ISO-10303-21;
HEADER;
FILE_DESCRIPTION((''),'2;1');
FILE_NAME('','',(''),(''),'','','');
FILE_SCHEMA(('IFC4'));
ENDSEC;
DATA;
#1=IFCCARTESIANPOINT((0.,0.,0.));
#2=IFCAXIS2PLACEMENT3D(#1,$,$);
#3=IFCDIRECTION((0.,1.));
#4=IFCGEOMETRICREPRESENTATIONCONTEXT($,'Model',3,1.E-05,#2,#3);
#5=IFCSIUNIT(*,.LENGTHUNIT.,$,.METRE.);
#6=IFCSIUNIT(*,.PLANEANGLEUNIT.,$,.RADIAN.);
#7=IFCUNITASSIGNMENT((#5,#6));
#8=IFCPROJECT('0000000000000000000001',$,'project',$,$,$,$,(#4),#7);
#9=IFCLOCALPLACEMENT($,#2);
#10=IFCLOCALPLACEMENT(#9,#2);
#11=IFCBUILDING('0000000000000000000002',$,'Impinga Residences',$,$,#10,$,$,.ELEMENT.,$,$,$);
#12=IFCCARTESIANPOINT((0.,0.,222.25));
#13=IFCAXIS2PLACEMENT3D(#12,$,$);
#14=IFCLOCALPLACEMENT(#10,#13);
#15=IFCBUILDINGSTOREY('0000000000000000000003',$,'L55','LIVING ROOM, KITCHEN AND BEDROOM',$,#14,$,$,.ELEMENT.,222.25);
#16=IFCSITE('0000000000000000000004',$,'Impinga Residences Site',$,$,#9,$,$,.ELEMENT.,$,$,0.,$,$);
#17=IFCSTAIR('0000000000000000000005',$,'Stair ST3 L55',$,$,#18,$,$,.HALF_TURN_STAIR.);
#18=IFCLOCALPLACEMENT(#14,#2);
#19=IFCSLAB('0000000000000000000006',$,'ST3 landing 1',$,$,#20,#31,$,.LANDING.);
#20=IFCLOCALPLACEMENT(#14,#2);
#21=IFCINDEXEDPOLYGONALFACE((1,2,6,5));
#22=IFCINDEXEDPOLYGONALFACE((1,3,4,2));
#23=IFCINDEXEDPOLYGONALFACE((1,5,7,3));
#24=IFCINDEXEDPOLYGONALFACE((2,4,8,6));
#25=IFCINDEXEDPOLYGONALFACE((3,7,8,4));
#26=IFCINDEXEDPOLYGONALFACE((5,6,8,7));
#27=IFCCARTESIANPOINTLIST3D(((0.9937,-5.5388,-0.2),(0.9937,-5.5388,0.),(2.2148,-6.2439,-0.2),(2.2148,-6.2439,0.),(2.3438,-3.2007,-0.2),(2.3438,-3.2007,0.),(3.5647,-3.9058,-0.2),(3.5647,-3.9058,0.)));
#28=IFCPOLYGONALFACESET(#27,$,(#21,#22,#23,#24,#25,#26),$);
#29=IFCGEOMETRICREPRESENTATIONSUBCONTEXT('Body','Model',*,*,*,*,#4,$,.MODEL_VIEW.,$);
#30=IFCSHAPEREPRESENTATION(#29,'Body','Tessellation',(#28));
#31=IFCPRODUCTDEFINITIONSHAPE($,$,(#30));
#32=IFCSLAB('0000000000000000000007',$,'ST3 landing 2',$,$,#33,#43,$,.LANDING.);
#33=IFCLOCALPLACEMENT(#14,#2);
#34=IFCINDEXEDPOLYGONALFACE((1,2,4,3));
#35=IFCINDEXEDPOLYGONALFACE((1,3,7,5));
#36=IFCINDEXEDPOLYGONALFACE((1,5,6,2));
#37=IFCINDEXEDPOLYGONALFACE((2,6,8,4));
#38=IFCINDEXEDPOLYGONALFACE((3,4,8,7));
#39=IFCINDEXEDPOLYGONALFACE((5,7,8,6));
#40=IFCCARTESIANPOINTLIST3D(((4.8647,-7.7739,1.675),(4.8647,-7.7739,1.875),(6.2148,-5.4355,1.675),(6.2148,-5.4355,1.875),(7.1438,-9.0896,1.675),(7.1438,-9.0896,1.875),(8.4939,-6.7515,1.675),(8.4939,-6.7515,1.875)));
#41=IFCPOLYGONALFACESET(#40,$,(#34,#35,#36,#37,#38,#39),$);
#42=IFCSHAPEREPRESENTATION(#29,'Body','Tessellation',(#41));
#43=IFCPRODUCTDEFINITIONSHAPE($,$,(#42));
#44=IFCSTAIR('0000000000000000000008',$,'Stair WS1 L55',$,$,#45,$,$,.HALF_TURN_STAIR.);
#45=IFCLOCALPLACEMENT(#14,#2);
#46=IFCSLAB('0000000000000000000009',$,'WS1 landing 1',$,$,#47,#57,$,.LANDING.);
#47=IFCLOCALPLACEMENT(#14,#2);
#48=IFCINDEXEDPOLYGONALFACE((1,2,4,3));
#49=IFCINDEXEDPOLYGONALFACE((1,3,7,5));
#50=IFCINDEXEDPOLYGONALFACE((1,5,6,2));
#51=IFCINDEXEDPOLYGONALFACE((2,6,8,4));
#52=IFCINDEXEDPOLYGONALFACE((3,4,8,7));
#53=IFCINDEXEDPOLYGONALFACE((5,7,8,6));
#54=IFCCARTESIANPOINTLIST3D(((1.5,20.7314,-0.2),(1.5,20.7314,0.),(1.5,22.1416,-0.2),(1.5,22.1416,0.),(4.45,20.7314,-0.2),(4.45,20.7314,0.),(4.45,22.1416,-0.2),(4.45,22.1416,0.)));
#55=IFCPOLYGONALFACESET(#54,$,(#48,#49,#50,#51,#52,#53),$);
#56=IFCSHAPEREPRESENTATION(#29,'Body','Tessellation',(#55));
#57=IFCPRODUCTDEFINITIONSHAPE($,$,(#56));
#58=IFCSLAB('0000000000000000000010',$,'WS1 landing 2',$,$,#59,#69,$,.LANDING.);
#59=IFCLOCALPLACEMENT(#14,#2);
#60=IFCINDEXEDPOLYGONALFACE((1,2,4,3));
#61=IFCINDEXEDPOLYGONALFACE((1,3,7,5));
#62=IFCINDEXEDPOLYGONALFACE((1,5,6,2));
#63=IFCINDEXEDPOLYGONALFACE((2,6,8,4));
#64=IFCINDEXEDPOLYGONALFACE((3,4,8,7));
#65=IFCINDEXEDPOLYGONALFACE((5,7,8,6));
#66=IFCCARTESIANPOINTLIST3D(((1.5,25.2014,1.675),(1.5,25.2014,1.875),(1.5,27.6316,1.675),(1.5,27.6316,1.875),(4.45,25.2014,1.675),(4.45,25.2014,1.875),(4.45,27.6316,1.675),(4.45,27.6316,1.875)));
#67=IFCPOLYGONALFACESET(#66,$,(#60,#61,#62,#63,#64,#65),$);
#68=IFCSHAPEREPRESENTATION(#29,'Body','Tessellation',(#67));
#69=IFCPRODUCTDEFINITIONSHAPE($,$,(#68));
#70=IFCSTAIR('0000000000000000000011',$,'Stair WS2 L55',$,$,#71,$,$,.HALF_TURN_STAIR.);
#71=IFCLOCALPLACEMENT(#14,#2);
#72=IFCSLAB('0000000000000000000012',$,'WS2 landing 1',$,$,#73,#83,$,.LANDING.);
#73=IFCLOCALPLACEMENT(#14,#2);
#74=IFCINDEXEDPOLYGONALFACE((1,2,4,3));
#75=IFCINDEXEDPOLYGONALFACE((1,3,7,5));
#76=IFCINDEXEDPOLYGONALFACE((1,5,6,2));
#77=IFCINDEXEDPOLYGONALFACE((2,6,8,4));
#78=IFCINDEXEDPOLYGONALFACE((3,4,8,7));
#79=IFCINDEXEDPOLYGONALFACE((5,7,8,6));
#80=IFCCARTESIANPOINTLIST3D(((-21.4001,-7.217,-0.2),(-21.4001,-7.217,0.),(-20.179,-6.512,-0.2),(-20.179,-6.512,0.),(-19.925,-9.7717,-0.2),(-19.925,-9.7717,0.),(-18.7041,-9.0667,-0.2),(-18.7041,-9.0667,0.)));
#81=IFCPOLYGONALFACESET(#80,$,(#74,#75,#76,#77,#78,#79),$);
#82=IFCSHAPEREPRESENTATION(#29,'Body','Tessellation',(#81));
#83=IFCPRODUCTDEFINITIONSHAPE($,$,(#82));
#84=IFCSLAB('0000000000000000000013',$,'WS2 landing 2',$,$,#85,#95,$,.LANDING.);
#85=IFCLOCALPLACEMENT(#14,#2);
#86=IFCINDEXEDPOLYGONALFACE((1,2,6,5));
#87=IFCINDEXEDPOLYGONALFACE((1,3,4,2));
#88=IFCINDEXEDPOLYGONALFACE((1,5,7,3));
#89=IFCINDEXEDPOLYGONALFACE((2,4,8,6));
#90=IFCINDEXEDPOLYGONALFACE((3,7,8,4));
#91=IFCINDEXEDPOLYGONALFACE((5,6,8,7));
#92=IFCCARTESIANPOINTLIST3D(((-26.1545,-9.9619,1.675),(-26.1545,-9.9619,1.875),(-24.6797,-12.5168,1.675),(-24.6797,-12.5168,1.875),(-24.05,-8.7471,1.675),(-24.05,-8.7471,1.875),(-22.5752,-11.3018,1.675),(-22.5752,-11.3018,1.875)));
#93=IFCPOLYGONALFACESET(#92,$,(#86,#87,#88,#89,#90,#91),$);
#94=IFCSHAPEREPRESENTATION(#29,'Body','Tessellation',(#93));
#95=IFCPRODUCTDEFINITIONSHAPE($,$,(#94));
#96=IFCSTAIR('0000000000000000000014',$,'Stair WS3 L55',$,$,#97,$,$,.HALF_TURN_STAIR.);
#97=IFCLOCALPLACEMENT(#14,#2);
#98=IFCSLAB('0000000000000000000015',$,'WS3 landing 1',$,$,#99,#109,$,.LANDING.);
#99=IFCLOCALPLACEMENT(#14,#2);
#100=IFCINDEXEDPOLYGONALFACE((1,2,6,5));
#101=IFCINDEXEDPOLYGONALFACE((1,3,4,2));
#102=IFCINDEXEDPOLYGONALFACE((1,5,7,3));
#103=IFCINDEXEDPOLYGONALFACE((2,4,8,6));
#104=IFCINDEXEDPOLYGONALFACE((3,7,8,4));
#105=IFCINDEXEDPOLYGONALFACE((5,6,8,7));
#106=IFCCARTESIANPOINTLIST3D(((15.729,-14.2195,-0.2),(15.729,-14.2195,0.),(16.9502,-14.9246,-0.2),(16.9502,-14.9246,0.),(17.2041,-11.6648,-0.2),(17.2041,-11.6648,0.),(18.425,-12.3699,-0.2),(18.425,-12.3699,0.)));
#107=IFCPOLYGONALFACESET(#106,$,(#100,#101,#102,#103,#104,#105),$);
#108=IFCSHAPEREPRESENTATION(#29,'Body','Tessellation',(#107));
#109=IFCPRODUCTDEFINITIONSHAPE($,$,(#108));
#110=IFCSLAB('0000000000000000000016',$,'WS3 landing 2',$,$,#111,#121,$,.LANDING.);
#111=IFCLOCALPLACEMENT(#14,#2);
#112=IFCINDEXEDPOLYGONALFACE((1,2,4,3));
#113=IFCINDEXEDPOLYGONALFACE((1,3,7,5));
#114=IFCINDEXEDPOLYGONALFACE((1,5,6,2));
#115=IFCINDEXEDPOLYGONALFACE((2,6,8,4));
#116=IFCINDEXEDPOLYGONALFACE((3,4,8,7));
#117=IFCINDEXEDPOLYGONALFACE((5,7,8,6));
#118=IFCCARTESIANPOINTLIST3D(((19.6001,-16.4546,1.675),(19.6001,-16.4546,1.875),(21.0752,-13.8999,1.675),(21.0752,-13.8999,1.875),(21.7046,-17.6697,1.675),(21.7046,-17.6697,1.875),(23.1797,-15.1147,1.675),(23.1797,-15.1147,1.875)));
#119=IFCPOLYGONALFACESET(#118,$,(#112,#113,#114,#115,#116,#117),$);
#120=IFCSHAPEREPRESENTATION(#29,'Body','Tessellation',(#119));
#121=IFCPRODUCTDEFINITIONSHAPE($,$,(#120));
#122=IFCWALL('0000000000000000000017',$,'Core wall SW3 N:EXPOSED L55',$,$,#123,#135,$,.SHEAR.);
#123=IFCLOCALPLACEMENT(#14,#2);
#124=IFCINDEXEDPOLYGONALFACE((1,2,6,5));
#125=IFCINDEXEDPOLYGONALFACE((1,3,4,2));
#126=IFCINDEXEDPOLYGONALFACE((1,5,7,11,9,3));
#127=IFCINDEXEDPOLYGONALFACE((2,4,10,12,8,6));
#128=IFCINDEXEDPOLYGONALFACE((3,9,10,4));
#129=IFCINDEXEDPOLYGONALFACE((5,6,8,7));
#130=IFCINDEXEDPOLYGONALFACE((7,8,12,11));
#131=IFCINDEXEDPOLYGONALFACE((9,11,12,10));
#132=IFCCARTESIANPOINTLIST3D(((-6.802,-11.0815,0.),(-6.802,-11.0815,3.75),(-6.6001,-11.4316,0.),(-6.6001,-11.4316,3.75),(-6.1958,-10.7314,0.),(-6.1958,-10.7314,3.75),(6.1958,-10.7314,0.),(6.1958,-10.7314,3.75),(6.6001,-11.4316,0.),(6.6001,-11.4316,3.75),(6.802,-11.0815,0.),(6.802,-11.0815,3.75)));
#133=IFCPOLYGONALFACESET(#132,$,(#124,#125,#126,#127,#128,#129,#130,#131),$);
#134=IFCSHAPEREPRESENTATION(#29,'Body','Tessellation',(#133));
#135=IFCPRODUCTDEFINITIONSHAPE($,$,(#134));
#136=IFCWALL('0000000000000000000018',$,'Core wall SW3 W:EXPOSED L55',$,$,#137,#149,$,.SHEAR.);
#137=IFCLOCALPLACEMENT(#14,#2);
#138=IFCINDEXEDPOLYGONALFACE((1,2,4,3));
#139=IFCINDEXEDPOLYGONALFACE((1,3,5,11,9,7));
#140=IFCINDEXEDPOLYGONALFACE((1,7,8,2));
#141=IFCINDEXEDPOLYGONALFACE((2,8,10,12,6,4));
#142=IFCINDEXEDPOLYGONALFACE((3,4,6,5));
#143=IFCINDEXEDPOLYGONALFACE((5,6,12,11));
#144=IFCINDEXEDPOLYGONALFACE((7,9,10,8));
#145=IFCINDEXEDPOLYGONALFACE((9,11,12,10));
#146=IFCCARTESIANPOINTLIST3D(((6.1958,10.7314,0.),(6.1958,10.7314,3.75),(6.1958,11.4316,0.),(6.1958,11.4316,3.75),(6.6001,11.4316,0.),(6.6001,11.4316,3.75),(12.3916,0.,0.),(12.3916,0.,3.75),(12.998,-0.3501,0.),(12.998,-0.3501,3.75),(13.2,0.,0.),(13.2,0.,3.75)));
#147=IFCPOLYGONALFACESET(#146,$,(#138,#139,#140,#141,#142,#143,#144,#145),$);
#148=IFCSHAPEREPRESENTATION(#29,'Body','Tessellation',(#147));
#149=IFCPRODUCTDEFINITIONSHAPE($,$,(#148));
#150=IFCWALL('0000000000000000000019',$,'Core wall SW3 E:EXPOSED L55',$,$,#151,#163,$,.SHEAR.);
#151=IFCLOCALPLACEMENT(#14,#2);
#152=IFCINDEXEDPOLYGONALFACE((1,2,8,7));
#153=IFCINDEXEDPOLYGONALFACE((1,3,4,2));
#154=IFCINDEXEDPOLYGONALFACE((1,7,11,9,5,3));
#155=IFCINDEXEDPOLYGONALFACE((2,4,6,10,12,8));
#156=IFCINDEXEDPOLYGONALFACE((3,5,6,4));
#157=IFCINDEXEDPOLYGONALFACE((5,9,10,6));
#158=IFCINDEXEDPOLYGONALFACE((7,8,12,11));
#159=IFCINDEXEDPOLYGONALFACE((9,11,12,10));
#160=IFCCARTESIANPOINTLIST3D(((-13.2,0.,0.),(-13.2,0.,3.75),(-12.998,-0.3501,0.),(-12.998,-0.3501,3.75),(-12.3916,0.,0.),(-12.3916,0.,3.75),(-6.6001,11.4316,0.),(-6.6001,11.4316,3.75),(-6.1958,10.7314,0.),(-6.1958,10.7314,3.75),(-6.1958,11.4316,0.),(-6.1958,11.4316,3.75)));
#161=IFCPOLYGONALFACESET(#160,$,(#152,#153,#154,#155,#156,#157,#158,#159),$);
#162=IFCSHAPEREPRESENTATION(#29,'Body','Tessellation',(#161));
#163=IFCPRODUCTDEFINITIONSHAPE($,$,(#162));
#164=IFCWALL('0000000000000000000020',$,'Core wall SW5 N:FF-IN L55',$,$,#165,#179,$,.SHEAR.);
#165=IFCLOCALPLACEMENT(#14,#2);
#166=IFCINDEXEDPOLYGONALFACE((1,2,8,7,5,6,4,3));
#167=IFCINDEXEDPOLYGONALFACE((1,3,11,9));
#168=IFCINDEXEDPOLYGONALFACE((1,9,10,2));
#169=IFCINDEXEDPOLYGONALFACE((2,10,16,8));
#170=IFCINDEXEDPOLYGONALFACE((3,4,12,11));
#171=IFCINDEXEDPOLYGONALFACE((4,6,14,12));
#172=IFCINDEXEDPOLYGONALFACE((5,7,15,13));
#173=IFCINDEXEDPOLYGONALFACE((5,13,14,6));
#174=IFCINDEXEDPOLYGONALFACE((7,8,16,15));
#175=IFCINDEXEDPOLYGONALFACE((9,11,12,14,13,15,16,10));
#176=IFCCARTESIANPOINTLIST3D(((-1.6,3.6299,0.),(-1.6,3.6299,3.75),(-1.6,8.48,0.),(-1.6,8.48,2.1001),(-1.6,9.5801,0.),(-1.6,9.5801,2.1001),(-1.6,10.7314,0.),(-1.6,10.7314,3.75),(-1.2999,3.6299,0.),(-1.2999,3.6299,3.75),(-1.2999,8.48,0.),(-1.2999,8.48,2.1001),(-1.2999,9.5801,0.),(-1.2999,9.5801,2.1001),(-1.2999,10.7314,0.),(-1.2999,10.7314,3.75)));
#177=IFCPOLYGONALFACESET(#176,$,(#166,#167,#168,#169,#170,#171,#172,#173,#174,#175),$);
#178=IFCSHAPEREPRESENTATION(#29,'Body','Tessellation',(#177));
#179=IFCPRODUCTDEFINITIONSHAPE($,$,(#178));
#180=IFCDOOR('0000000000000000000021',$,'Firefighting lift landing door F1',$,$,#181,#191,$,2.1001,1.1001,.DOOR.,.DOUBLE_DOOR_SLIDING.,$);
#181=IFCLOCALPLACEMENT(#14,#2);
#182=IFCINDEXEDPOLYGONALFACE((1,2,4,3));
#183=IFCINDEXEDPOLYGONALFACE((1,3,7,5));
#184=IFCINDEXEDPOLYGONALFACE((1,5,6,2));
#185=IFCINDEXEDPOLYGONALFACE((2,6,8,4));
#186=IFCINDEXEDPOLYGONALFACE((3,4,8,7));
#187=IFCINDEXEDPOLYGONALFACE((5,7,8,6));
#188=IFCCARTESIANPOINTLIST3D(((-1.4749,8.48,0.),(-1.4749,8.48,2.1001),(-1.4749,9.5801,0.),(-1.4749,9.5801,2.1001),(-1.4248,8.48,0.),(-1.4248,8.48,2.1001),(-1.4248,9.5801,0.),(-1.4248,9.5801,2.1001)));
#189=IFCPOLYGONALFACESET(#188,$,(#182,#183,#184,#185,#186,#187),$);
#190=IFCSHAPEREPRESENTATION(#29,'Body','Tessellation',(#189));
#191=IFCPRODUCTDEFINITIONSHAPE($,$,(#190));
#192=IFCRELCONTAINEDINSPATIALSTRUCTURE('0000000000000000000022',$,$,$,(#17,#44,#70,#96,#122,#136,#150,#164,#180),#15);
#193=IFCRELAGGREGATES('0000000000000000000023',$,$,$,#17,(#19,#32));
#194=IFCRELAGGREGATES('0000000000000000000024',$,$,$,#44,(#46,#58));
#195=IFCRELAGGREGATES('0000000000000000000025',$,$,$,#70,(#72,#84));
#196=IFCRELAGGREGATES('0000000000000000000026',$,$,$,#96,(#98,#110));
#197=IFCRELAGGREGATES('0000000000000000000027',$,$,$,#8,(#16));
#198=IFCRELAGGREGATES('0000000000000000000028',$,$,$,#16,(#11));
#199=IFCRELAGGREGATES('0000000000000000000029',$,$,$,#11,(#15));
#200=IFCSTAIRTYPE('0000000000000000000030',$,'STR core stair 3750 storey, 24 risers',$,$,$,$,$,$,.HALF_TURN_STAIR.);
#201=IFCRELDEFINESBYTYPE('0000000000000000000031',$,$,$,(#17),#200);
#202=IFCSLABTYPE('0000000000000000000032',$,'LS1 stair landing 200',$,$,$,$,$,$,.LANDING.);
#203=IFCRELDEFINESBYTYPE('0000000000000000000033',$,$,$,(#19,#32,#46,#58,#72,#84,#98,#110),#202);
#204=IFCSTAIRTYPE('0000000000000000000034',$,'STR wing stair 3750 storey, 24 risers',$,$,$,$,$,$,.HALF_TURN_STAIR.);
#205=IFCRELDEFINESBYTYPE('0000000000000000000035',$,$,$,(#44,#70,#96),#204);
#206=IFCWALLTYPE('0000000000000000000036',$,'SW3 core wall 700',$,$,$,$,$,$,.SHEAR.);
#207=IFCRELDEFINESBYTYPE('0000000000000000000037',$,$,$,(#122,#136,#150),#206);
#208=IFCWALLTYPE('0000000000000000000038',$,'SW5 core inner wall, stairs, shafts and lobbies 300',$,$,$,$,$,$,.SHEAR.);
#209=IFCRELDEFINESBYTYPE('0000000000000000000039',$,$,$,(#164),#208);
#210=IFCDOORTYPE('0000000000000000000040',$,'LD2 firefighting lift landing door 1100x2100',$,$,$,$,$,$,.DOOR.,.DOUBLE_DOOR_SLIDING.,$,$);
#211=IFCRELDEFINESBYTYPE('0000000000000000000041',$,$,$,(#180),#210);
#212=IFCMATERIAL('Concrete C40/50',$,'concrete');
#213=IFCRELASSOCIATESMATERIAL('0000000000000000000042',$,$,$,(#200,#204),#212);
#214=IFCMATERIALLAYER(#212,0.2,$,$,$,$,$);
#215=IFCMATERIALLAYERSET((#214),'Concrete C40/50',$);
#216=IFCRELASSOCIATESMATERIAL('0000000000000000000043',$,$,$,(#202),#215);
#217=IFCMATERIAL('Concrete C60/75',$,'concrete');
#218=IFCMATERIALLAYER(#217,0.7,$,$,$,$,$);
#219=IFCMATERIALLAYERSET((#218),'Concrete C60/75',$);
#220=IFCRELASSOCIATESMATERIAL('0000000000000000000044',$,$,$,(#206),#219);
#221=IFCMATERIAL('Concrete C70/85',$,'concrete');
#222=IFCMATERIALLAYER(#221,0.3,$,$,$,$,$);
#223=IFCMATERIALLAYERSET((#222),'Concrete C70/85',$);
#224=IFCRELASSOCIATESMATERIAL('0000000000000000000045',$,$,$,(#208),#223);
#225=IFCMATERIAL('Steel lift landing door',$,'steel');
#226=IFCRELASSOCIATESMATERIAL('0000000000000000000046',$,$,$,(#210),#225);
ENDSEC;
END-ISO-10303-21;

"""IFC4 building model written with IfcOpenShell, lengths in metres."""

from ifc_helpers import new_model, si_unit, direction, frame, frame_2d, origin, place, context, subcontext, project, spatial, polyline, rectangle, outline, extrude, material, layer, layer_set, type_object, element, fill, aggregate, save


model = new_model("IFC4")

# Units and contexts
model_context = context("Model", 3, precision=1e-05, world=origin(), true_north=direction((0.0, 1.0)))
body_context = subcontext(model_context, "Body", "Model", "MODEL_VIEW")
ifc_project = project(units=[si_unit("LENGTHUNIT", "METRE"), si_unit("PLANEANGLEUNIT", "RADIAN")], contexts=[model_context])

# Site, building, storey
site_placement = place(None, origin())
site = spatial("IfcSite", under=ifc_project, at=site_placement, Name="Impinga Residences Site", CompositionType="ELEMENT", RefElevation=0.0)
building_placement = place(site_placement, origin())
building = spatial("IfcBuilding", under=site, at=building_placement, Name="Impinga Residences", CompositionType="ELEMENT")
storey_placement = place(building_placement, frame((0.0, 0.0, 222.25)))
storey = spatial("IfcBuildingStorey", under=building, at=storey_placement, Name="L55", Description="LIVING ROOM, KITCHEN AND BEDROOM", CompositionType="ELEMENT", Elevation=222.25)

# Shared definitions
ifc_material_1 = material(Name="Concrete C60/75", Category="concrete")

# Stairs, slabs
ifc_material_2 = material(Name="Concrete C40/50", Category="concrete")
stair_type_1 = type_object("IfcStairType", Name="STR core stair 3750 storey, 24 risers", PredefinedType="HALF_TURN_STAIR", material=ifc_material_2)
ifc_layer_1 = layer(ifc_material_2, 0.2)
ifc_layer_set_1 = layer_set([ifc_layer_1], Name="Concrete C40/50")
slab_type_1 = type_object("IfcSlabType", Name="LS1 stair landing 200", PredefinedType="LANDING", material=ifc_layer_set_1)
stair_1_placement = place(storey_placement, origin())
stair_1 = element("IfcStair", 1, at=stair_1_placement, inside=storey, type_object=stair_type_1, Name="Stair ST3 L55", PredefinedType="HALF_TURN_STAIR")
slab_1_placement = place(storey_placement, frame((0.0, 0.0, -0.2)))
slab_1 = element("IfcSlab", 2, at=slab_1_placement, type_object=slab_type_1, Name="ST3 landing 1", PredefinedType="LANDING", context=body_context, shape_type="SweptSolid", body=[
    extrude(outline(polyline([(2.3438, -3.2007), (0.9937, -5.5388), (2.2148, -6.2439), (3.5647, -3.9058), (2.3438, -3.2007)])), origin(), (0.0, 0.0, 1.0), 0.2),
])
slab_2_placement = place(storey_placement, frame((0.0, 0.0, 1.675)))
slab_2 = element("IfcSlab", 3, at=slab_2_placement, type_object=slab_type_1, Name="ST3 landing 2", PredefinedType="LANDING", context=body_context, shape_type="SweptSolid", body=[
    extrude(outline(polyline([(6.2148, -5.4355), (4.8647, -7.7739), (7.1438, -9.0896), (8.4939, -6.7515), (6.2148, -5.4355)])), origin(), (0.0, 0.0, 1.0), 0.2),
])
aggregate(stair_1, [slab_1, slab_2])
stair_type_2 = type_object("IfcStairType", Name="STR wing stair 3750 storey, 24 risers", PredefinedType="HALF_TURN_STAIR", material=ifc_material_2)
stair_2_placement = place(storey_placement, origin())
stair_2 = element("IfcStair", 4, at=stair_2_placement, inside=storey, type_object=stair_type_2, Name="Stair WS1 L55", PredefinedType="HALF_TURN_STAIR")
slab_3_placement = place(storey_placement, frame((0.0, 0.0, -0.2)))
slab_3 = element("IfcSlab", 5, at=slab_3_placement, type_object=slab_type_1, Name="WS1 landing 1", PredefinedType="LANDING", context=body_context, shape_type="SweptSolid", body=[
    extrude(outline(polyline([(1.5, 20.7314), (4.45, 20.7314), (4.45, 22.1416), (1.5, 22.1416), (1.5, 20.7314)])), origin(), (0.0, 0.0, 1.0), 0.2),
])
slab_4_placement = place(storey_placement, frame((0.0, 0.0, 1.675)))
slab_4 = element("IfcSlab", 6, at=slab_4_placement, type_object=slab_type_1, Name="WS1 landing 2", PredefinedType="LANDING", context=body_context, shape_type="SweptSolid", body=[
    extrude(outline(polyline([(1.5, 25.2014), (4.45, 25.2014), (4.45, 27.6316), (1.5, 27.6316), (1.5, 25.2014)])), origin(), (0.0, 0.0, 1.0), 0.2),
])
aggregate(stair_2, [slab_3, slab_4])
stair_3_placement = place(storey_placement, origin())
stair_3 = element("IfcStair", 7, at=stair_3_placement, inside=storey, type_object=stair_type_2, Name="Stair WS2 L55", PredefinedType="HALF_TURN_STAIR")
slab_5_placement = place(storey_placement, frame((0.0, 0.0, -0.2)))
slab_5 = element("IfcSlab", 8, at=slab_5_placement, type_object=slab_type_1, Name="WS2 landing 1", PredefinedType="LANDING", context=body_context, shape_type="SweptSolid", body=[
    extrude(outline(polyline([(-18.7041, -9.0667), (-20.179, -6.512), (-21.4001, -7.217), (-19.925, -9.7717), (-18.7041, -9.0667)])), origin(), (0.0, 0.0, 1.0), 0.2),
])
slab_6_placement = place(storey_placement, frame((0.0, 0.0, 1.675)))
slab_6 = element("IfcSlab", 9, at=slab_6_placement, type_object=slab_type_1, Name="WS2 landing 2", PredefinedType="LANDING", context=body_context, shape_type="SweptSolid", body=[
    extrude(outline(polyline([(-22.5752, -11.3018), (-24.05, -8.7471), (-26.1545, -9.9619), (-24.6797, -12.5168), (-22.5752, -11.3018)])), origin(), (0.0, 0.0, 1.0), 0.2),
])
aggregate(stair_3, [slab_5, slab_6])
stair_4_placement = place(storey_placement, origin())
stair_4 = element("IfcStair", 10, at=stair_4_placement, inside=storey, type_object=stair_type_2, Name="Stair WS3 L55", PredefinedType="HALF_TURN_STAIR")
slab_7_placement = place(storey_placement, frame((0.0, 0.0, -0.2)))
slab_7 = element("IfcSlab", 11, at=slab_7_placement, type_object=slab_type_1, Name="WS3 landing 1", PredefinedType="LANDING", context=body_context, shape_type="SweptSolid", body=[
    extrude(outline(polyline([(17.2041, -11.6648), (15.729, -14.2195), (16.9502, -14.9246), (18.425, -12.3699), (17.2041, -11.6648)])), origin(), (0.0, 0.0, 1.0), 0.2),
])
slab_8_placement = place(storey_placement, frame((0.0, 0.0, 1.675)))
slab_8 = element("IfcSlab", 12, at=slab_8_placement, type_object=slab_type_1, Name="WS3 landing 2", PredefinedType="LANDING", context=body_context, shape_type="SweptSolid", body=[
    extrude(outline(polyline([(21.0752, -13.8999), (19.6001, -16.4546), (21.7046, -17.6697), (23.1797, -15.1147), (21.0752, -13.8999)])), origin(), (0.0, 0.0, 1.0), 0.2),
])
aggregate(stair_4, [slab_7, slab_8])

# Walls
ifc_layer_2 = layer(ifc_material_1, 0.7)
ifc_layer_set_2 = layer_set([ifc_layer_2], Name="Concrete C60/75")
wall_type_1 = type_object("IfcWallType", Name="SW3 core wall 700", PredefinedType="SHEAR", material=ifc_layer_set_2)
wall_1_placement = place(storey_placement, origin())
element("IfcWall", 13, at=wall_1_placement, inside=storey, type_object=wall_type_1, Name="Core wall SW3 N:EXPOSED L55", PredefinedType="SHEAR", context=body_context, shape_type="SweptSolid", body=[
    extrude(outline(polyline([(-6.6001, -11.4316), (6.6001, -11.4316), (6.802, -11.0815), (6.1958, -10.7314), (-6.1958, -10.7314), (-6.802, -11.0815), (-6.6001, -11.4316)])), origin(), (0.0, 0.0, 1.0), 3.75),
])
wall_2_placement = place(storey_placement, origin())
element("IfcWall", 14, at=wall_2_placement, inside=storey, type_object=wall_type_1, Name="Core wall SW3 W:EXPOSED L55", PredefinedType="SHEAR", context=body_context, shape_type="SweptSolid", body=[
    extrude(outline(polyline([(13.2, 0.0), (6.6001, 11.4316), (6.1958, 11.4316), (6.1958, 10.7314), (12.3916, 0.0), (12.998, -0.3501), (13.2, 0.0)])), origin(), (0.0, 0.0, 1.0), 3.75),
])
wall_3_placement = place(storey_placement, origin())
element("IfcWall", 15, at=wall_3_placement, inside=storey, type_object=wall_type_1, Name="Core wall SW3 E:EXPOSED L55", PredefinedType="SHEAR", context=body_context, shape_type="SweptSolid", body=[
    extrude(outline(polyline([(-6.6001, 11.4316), (-13.2, 0.0), (-12.998, -0.3501), (-12.3916, 0.0), (-6.1958, 10.7314), (-6.1958, 11.4316), (-6.6001, 11.4316)])), origin(), (0.0, 0.0, 1.0), 3.75),
])

# Wall, opening, door
ifc_material_3 = material(Name="Concrete C70/85", Category="concrete")
ifc_layer_3 = layer(ifc_material_3, 0.3)
ifc_layer_set_3 = layer_set([ifc_layer_3], Name="Concrete C70/85")
wall_type_2 = type_object("IfcWallType", Name="SW5 core inner wall, stairs, shafts and lobbies 300", PredefinedType="SHEAR", material=ifc_layer_set_3)
wall_4_placement = place(storey_placement, frame((-1.45, 3.6299, 0.0), z_axis=(0.0, 0.0, 1.0), x_axis=(0.0, 1.0, 0.0)))
wall_4 = element("IfcWall", 16, at=wall_4_placement, inside=storey, type_object=wall_type_2, Name="Core wall SW5 N:FF-IN L55", PredefinedType="SHEAR", context=body_context, shape_type="SweptSolid", body=[
    extrude(rectangle(XDim=7.1016, YDim=0.3, at=frame_2d((3.5508, 0.0))), origin(), (0.0, 0.0, 1.0), 3.75),
])
opening_1_placement = place(wall_4_placement, frame((4.8501, 0.0, 0.0)))
opening_1 = element("IfcOpeningElement", 17, at=opening_1_placement, cuts=wall_4, PredefinedType="OPENING", context=body_context, shape_type="SweptSolid", body=[
    extrude(rectangle(XDim=1.1001, YDim=2.1001, at=frame_2d((0.55, 1.05))), frame((0.0, 0.1599, 0.0), z_axis=(0.0, -1.0, 0.0), x_axis=(1.0, 0.0, 0.0)), (0.0, 0.0, 1.0), 0.3201),
])
ifc_material_4 = material(Name="Steel lift landing door", Category="steel")
door_type_1 = type_object("IfcDoorType", Name="LD2 firefighting lift landing door 1100x2100", OperationType="DOUBLE_DOOR_SLIDING", PredefinedType="DOOR", material=ifc_material_4)
door_1_placement = place(opening_1_placement, origin())
door_1 = element("IfcDoor", 18, at=door_1_placement, inside=storey, type_object=door_type_1, Name="Firefighting lift landing door F1", OperationType="DOUBLE_DOOR_SLIDING", OverallHeight=2.1001, OverallWidth=1.1001, PredefinedType="DOOR", context=body_context, shape_type="SweptSolid", body=[
    extrude(rectangle(XDim=1.1001, YDim=2.1001, at=frame_2d((0.55, 1.05))), frame((0.0, 0.0249, 0.0), z_axis=(0.0, -1.0, 0.0), x_axis=(1.0, 0.0, 0.0)), (0.0, 0.0, 1.0), 0.05),
])
fill(opening_1, door_1)

save(model, "model.ifc")
